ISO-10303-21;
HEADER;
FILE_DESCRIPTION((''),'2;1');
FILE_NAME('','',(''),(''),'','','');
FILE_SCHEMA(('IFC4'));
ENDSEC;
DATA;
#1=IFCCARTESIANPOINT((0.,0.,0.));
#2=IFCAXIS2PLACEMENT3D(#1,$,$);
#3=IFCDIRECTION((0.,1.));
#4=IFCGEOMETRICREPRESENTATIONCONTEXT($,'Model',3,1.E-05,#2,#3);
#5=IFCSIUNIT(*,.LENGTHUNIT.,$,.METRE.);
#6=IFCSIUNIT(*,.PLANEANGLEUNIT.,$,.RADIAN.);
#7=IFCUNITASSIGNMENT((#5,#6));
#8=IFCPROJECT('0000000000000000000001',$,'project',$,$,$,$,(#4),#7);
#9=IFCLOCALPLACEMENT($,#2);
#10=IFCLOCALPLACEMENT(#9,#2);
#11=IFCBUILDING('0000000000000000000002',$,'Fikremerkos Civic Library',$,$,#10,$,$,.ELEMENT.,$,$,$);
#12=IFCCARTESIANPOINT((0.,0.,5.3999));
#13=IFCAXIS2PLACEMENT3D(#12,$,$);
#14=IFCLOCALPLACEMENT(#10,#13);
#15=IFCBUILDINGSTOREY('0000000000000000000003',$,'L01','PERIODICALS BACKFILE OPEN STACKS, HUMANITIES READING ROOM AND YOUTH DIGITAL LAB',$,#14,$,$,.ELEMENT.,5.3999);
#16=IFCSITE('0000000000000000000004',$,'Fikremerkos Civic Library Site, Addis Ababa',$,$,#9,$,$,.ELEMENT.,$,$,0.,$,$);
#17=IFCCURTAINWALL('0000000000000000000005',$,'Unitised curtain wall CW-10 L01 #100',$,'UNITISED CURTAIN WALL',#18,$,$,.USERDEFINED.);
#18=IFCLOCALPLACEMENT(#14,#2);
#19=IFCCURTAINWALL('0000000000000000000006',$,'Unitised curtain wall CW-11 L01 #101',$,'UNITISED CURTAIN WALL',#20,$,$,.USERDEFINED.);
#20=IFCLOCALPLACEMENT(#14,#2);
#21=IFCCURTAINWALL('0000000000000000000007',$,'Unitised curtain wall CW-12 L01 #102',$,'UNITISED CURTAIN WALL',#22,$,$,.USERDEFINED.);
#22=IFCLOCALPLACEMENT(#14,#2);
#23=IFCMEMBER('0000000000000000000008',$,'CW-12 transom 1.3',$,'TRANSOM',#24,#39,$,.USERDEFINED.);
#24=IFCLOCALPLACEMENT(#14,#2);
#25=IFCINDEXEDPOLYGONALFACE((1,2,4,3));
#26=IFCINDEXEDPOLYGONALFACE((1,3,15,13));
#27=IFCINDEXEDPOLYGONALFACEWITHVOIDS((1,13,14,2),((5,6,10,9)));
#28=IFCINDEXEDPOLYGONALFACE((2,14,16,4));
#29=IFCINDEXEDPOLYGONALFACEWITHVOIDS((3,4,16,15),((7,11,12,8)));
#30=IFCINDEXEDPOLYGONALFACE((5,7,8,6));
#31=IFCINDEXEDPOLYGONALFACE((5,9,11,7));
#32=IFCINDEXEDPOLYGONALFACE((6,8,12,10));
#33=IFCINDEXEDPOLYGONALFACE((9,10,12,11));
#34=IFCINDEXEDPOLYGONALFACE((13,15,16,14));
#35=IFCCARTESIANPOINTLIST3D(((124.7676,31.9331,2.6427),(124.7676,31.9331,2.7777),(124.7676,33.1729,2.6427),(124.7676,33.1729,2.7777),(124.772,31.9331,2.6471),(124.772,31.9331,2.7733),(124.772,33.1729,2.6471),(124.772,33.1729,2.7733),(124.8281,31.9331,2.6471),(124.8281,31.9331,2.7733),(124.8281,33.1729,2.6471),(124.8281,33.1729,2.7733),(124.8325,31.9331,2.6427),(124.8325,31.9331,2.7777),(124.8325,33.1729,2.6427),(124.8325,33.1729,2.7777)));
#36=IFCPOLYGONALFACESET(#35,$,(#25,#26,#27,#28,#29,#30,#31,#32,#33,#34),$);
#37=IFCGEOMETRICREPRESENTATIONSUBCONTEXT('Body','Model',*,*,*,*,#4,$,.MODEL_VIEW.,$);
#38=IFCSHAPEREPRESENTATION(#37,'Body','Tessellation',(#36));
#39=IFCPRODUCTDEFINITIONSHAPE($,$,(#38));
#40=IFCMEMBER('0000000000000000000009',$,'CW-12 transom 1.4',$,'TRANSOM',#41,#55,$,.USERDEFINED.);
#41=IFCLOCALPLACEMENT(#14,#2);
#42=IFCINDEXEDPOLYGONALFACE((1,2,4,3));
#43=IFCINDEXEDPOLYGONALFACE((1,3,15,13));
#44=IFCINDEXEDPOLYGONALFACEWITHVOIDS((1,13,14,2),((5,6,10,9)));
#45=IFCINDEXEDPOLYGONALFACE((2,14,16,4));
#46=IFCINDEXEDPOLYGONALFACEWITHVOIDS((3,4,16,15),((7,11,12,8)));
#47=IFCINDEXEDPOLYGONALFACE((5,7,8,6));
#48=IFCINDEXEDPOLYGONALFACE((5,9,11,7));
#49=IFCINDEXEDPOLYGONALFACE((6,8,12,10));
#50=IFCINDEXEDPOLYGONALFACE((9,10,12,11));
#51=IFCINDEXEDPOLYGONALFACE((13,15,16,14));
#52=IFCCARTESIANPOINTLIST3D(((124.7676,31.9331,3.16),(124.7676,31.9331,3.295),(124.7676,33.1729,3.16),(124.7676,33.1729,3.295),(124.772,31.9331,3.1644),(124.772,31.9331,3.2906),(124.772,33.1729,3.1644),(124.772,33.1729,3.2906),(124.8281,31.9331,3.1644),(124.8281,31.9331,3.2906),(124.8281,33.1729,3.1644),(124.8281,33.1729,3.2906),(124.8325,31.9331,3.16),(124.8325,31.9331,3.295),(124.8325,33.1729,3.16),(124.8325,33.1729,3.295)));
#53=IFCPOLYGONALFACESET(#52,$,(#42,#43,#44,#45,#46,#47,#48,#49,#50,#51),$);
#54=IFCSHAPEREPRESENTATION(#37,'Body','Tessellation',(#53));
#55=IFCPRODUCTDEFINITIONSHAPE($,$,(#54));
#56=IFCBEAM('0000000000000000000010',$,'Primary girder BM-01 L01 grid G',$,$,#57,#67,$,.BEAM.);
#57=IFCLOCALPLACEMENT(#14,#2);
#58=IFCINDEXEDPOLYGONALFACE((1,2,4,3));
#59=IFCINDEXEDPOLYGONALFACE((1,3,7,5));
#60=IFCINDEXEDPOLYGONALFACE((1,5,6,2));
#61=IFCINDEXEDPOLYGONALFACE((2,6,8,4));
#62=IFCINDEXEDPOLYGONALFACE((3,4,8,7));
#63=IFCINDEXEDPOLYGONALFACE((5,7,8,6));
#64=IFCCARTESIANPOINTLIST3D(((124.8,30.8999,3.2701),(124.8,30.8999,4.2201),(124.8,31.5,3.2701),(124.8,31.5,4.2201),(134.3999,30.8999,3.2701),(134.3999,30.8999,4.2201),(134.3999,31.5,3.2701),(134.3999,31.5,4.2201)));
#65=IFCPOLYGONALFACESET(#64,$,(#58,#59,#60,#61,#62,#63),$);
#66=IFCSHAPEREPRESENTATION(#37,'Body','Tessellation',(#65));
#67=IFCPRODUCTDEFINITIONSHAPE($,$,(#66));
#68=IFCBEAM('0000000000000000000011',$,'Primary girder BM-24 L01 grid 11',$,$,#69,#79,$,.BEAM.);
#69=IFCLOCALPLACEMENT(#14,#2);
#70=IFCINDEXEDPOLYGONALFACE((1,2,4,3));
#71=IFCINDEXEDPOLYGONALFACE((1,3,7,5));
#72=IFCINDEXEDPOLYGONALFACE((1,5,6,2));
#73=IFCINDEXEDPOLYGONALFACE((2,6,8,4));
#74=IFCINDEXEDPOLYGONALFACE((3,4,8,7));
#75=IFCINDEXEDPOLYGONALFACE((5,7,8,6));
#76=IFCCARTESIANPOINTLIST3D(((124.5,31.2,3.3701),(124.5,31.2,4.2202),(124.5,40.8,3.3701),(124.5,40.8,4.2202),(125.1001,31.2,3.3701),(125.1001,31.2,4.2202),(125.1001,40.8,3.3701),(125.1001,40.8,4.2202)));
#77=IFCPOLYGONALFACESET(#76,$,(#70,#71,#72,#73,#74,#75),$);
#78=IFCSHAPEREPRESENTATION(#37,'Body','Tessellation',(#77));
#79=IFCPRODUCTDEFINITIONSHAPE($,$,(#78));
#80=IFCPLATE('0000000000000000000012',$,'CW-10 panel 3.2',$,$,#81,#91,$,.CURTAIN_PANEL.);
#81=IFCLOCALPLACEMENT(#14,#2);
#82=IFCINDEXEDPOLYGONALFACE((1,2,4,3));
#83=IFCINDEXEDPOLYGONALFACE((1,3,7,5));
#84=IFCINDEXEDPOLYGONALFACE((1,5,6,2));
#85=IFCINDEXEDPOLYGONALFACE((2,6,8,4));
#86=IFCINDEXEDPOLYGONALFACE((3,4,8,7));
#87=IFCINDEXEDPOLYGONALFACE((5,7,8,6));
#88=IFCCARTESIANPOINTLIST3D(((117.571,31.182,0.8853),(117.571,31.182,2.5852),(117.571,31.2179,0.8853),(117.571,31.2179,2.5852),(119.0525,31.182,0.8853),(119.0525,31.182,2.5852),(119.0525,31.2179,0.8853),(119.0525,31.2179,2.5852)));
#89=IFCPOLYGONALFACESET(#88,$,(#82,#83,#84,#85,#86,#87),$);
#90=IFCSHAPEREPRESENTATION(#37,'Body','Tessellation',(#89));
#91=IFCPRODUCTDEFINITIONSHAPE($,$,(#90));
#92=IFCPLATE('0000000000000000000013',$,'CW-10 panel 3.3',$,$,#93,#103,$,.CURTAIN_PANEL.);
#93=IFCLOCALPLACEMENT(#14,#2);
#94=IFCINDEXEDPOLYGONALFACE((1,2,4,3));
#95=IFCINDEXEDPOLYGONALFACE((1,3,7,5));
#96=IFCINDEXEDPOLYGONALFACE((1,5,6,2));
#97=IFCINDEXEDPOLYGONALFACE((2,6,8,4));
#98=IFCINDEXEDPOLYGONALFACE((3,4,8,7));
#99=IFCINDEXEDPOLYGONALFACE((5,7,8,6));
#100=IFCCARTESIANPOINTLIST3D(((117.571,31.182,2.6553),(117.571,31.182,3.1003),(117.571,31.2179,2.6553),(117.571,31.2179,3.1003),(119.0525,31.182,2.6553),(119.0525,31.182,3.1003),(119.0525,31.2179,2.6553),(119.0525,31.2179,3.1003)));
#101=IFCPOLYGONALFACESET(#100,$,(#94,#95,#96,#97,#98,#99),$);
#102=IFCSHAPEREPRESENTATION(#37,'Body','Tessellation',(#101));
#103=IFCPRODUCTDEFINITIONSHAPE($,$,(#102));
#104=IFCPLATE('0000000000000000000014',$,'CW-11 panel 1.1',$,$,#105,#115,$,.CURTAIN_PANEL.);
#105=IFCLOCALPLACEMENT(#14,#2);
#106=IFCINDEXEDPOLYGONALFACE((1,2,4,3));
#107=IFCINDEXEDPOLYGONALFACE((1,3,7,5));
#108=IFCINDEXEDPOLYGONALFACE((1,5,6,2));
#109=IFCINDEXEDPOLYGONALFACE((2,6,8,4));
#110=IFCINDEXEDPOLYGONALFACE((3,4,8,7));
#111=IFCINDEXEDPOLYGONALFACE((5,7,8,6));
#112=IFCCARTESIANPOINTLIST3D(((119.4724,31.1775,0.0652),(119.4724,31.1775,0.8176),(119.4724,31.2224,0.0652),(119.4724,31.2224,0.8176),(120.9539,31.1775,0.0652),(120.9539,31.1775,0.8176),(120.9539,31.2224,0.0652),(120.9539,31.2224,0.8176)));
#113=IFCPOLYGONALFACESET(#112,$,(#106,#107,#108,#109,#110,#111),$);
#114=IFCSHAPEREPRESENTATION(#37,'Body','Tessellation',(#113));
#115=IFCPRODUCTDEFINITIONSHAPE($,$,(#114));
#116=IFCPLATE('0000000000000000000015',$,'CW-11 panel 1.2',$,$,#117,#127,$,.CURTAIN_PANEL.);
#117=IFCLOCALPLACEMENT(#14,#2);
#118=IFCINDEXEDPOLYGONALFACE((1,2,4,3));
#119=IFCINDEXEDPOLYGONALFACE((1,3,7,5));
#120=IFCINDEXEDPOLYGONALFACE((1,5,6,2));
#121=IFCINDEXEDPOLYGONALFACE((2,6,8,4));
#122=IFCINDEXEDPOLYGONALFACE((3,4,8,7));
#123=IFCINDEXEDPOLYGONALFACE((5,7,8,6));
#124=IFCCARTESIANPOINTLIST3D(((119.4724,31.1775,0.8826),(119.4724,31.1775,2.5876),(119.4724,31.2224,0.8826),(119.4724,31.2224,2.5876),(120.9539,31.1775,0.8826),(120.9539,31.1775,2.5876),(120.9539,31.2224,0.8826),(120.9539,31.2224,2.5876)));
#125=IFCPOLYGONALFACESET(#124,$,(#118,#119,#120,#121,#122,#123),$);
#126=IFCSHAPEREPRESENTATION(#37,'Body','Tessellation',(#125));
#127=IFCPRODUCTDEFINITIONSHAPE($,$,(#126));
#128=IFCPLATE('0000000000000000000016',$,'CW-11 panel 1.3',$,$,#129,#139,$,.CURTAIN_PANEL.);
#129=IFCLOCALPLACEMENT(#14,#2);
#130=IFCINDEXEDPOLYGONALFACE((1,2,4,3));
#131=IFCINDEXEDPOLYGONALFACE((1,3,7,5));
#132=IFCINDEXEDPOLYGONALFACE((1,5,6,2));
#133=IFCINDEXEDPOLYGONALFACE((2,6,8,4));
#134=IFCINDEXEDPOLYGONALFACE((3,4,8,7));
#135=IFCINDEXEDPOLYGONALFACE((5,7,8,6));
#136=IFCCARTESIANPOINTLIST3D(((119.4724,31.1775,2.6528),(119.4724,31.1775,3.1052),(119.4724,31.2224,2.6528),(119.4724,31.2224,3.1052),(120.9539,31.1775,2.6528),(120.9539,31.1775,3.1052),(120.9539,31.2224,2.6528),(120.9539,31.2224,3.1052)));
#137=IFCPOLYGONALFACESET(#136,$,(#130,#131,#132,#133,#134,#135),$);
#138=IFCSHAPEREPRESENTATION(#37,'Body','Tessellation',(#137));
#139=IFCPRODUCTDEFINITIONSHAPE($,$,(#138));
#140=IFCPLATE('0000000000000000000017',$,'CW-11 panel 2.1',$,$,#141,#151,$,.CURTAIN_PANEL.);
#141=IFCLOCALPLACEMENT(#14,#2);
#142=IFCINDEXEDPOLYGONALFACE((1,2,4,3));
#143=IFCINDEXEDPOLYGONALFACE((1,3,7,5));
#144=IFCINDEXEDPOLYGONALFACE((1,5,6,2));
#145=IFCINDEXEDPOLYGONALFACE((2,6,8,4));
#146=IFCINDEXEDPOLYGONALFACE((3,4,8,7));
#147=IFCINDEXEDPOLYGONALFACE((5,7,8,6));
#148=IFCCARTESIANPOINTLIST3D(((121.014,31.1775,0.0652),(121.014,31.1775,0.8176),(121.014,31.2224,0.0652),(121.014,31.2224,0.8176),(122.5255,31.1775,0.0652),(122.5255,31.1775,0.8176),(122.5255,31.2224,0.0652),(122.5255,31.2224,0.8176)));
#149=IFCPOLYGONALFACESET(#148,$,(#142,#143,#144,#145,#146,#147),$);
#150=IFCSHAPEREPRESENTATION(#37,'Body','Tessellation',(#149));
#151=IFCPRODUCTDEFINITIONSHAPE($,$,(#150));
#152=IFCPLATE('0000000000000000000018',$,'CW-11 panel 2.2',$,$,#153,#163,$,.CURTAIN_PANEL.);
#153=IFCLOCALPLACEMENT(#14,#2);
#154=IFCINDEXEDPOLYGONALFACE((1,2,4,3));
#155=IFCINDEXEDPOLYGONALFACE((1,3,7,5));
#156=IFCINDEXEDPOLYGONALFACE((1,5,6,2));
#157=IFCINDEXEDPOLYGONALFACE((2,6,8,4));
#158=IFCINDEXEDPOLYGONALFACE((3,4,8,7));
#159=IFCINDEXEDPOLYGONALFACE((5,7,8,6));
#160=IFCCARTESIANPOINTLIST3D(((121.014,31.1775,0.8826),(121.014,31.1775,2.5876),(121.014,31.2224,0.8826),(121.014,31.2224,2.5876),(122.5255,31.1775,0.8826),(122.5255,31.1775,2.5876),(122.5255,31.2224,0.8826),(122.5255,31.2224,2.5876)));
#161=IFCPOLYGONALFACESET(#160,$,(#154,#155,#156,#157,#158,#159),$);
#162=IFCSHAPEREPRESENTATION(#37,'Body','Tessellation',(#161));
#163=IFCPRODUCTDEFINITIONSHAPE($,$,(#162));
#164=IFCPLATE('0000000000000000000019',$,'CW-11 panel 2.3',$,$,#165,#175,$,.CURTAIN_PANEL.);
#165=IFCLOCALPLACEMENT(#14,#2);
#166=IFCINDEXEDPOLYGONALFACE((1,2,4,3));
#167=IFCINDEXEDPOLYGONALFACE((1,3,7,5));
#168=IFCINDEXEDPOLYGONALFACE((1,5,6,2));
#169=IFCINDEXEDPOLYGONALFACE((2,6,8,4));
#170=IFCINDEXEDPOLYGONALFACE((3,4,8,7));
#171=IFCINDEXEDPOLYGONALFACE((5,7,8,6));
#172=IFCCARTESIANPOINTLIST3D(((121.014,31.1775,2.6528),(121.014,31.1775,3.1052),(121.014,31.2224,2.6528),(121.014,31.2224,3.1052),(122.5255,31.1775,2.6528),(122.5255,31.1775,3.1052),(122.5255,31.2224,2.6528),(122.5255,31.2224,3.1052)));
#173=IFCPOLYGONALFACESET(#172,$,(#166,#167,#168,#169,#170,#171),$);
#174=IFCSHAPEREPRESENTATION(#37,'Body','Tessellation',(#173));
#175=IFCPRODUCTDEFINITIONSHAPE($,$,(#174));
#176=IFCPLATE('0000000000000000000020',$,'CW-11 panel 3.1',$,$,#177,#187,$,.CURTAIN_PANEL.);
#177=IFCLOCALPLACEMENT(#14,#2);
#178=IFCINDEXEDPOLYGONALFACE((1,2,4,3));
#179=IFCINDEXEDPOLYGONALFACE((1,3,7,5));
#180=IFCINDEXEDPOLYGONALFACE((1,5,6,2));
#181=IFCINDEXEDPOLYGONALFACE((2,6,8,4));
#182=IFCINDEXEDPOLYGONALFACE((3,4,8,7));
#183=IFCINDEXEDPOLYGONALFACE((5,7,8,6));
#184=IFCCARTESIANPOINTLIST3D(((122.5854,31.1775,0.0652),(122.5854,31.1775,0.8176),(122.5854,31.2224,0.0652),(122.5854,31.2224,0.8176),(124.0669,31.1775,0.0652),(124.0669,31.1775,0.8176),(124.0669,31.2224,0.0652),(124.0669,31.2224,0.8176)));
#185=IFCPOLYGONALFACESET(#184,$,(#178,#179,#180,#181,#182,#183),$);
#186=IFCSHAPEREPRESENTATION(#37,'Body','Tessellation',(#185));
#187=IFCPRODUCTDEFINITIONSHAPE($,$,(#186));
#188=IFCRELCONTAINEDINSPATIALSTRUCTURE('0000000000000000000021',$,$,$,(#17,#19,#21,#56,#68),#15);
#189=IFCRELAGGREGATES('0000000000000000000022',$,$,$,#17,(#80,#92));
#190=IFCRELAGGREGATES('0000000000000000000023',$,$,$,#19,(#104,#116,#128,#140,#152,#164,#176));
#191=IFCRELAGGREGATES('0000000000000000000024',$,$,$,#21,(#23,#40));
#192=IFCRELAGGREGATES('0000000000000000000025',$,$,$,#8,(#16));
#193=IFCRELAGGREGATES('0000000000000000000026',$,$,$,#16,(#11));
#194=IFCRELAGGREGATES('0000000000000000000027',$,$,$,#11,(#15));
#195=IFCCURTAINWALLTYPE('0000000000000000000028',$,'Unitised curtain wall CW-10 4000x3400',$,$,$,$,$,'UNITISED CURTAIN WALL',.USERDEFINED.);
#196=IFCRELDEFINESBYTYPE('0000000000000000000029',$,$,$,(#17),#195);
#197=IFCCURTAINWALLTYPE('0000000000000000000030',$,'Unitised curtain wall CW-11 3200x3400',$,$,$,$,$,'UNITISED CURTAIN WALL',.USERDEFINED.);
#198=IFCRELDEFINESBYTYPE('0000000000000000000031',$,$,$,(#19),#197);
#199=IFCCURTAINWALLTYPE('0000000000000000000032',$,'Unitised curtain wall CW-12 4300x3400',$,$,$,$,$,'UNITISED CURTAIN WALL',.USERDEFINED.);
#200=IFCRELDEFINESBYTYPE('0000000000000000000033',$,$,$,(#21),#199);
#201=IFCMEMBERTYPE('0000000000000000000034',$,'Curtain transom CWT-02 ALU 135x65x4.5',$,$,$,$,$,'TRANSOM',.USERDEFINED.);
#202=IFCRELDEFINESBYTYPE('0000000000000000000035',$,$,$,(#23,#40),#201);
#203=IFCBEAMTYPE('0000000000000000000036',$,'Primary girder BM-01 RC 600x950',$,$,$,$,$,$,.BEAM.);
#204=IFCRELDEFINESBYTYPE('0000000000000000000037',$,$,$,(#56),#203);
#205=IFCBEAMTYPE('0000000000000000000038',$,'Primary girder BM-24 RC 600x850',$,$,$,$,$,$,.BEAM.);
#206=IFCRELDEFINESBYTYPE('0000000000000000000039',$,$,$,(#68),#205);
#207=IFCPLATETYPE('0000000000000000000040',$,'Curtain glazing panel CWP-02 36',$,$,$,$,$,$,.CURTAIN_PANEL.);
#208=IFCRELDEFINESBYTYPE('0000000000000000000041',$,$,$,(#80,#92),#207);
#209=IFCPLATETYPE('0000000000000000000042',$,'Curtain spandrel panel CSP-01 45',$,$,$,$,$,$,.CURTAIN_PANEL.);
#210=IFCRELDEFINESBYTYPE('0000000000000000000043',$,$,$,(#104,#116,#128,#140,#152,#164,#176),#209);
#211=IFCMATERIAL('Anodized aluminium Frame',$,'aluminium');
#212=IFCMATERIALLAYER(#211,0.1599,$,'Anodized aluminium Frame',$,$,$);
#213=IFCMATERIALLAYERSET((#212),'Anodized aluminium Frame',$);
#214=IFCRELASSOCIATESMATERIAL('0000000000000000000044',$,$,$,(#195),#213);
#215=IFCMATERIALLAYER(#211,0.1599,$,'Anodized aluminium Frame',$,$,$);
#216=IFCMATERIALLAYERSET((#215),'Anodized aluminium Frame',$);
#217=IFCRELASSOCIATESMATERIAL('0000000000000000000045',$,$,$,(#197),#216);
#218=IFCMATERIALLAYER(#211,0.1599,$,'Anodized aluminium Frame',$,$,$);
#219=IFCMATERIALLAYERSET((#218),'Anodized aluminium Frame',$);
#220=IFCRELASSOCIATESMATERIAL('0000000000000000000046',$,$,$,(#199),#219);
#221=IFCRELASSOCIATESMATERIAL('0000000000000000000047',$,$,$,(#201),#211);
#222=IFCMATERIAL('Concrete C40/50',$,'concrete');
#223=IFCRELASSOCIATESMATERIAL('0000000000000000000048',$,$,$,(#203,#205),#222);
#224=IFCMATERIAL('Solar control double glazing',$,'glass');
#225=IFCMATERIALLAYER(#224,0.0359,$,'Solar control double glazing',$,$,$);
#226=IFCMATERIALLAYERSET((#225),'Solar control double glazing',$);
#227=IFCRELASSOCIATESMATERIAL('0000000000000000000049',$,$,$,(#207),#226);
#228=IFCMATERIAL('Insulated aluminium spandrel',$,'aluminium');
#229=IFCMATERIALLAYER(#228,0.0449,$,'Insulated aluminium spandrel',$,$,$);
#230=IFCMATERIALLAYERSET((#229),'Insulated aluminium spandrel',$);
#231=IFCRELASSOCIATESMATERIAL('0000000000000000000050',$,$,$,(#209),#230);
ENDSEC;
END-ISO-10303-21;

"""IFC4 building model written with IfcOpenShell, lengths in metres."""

from ifc_helpers import new_model, si_unit, direction, frame, origin, origin_2d, place, context, subcontext, project, spatial, rectangle, hollow_rectangle, extrude, material, layer, layer_set, material_profile, profile_set, type_object, element, aggregate, save


model = new_model("IFC4")

# Units and contexts
model_context = context("Model", 3, precision=1e-05, world=origin(), true_north=direction((0.0, 1.0)))
body_context = subcontext(model_context, "Body", "Model", "MODEL_VIEW")
ifc_project = project(units=[si_unit("LENGTHUNIT", "METRE"), si_unit("PLANEANGLEUNIT", "RADIAN")], contexts=[model_context])

# Site, building, storey
site_placement = place(None, origin())
site = spatial("IfcSite", under=ifc_project, at=site_placement, Name="Fikremerkos Civic Library Site, Addis Ababa", CompositionType="ELEMENT", RefElevation=0.0)
building_placement = place(site_placement, origin())
building = spatial("IfcBuilding", under=site, at=building_placement, Name="Fikremerkos Civic Library", CompositionType="ELEMENT")
storey_placement = place(building_placement, frame((0.0, 0.0, 5.3999)))
storey = spatial("IfcBuildingStorey", under=building, at=storey_placement, Name="L01", Description="PERIODICALS BACKFILE OPEN STACKS, HUMANITIES READING ROOM AND YOUTH DIGITAL LAB", CompositionType="ELEMENT", Elevation=5.3999)

# Shared definitions
ifc_material_1 = material(Name="Concrete C40/50", Category="concrete")

# Curtain wall
ifc_material_2 = material(Name="Anodized aluminium Frame", Category="aluminium")
ifc_layer_1 = layer(ifc_material_2, 0.1599, Name="Anodized aluminium Frame")
ifc_layer_set_1 = layer_set([ifc_layer_1], Name="Anodized aluminium Frame")
curtain_wall_type_1 = type_object("IfcCurtainWallType", Name="Unitised curtain wall CW-10 4000x3400", ElementType="UNITISED CURTAIN WALL", PredefinedType="USERDEFINED", material=ifc_layer_set_1)
curtain_wall_1_placement = place(storey_placement, origin())
curtain_wall_1 = element("IfcCurtainWall", 1, at=curtain_wall_1_placement, inside=storey, type_object=curtain_wall_type_1, Name="Unitised curtain wall CW-10 L01 #100", ObjectType="UNITISED CURTAIN WALL", PredefinedType="USERDEFINED")

# Curtain wall
ifc_layer_2 = layer(ifc_material_2, 0.1599, Name="Anodized aluminium Frame")
ifc_layer_set_2 = layer_set([ifc_layer_2], Name="Anodized aluminium Frame")
curtain_wall_type_2 = type_object("IfcCurtainWallType", Name="Unitised curtain wall CW-11 3200x3400", ElementType="UNITISED CURTAIN WALL", PredefinedType="USERDEFINED", material=ifc_layer_set_2)
curtain_wall_2_placement = place(storey_placement, origin())
curtain_wall_2 = element("IfcCurtainWall", 2, at=curtain_wall_2_placement, inside=storey, type_object=curtain_wall_type_2, Name="Unitised curtain wall CW-11 L01 #101", ObjectType="UNITISED CURTAIN WALL", PredefinedType="USERDEFINED")

# Curtain wall
ifc_layer_3 = layer(ifc_material_2, 0.1599, Name="Anodized aluminium Frame")
ifc_layer_set_3 = layer_set([ifc_layer_3], Name="Anodized aluminium Frame")
curtain_wall_type_3 = type_object("IfcCurtainWallType", Name="Unitised curtain wall CW-12 4300x3400", ElementType="UNITISED CURTAIN WALL", PredefinedType="USERDEFINED", material=ifc_layer_set_3)
curtain_wall_3_placement = place(storey_placement, origin())
curtain_wall_3 = element("IfcCurtainWall", 3, at=curtain_wall_3_placement, inside=storey, type_object=curtain_wall_type_3, Name="Unitised curtain wall CW-12 L01 #102", ObjectType="UNITISED CURTAIN WALL", PredefinedType="USERDEFINED")

# Members
ifc_material_profile_1 = material_profile(ifc_material_2, hollow_rectangle(XDim=0.0649, YDim=0.135, WallThickness=0.0044, at=origin_2d()), Name="ALU 135x65x4.5")
ifc_profile_set_1 = profile_set([ifc_material_profile_1], Name="Anodized aluminium Frame")
member_type_1 = type_object("IfcMemberType", Name="Curtain transom CWT-02 ALU 135x65x4.5", ElementType="TRANSOM", PredefinedType="USERDEFINED", material=ifc_profile_set_1)
member_1_placement = place(storey_placement, frame((124.8, 31.9331, 2.7102), z_axis=(0.0, 1.0, 0.0), x_axis=(-1.0, 0.0, 0.0)))
member_1 = element("IfcMember", 4, at=member_1_placement, type_object=member_type_1, Name="CW-12 transom 1.3", ObjectType="TRANSOM", PredefinedType="USERDEFINED", context=body_context, shape_type="SweptSolid", body=[
    extrude(hollow_rectangle(XDim=0.0649, YDim=0.135, WallThickness=0.0044, at=origin_2d()), origin(), (0.0, 0.0, 1.0), 1.2397),
])
member_2_placement = place(storey_placement, frame((124.8, 31.9331, 3.2275), z_axis=(0.0, 1.0, 0.0), x_axis=(-1.0, 0.0, 0.0)))
member_2 = element("IfcMember", 5, at=member_2_placement, type_object=member_type_1, Name="CW-12 transom 1.4", ObjectType="TRANSOM", PredefinedType="USERDEFINED", context=body_context, shape_type="SweptSolid", body=[
    extrude(hollow_rectangle(XDim=0.0649, YDim=0.135, WallThickness=0.0044, at=origin_2d()), origin(), (0.0, 0.0, 1.0), 1.2397),
])

# Beams
ifc_material_profile_2 = material_profile(ifc_material_1, rectangle(XDim=0.6001, YDim=0.95, at=origin_2d()), Name="RC 600x950")
ifc_profile_set_2 = profile_set([ifc_material_profile_2], Name="Concrete C40/50")
beam_type_1 = type_object("IfcBeamType", Name="Primary girder BM-01 RC 600x950", PredefinedType="BEAM", material=ifc_profile_set_2)
beam_1_placement = place(storey_placement, frame((124.8, 31.2, 3.7451), z_axis=(1.0, 0.0, 0.0), x_axis=(0.0, 1.0, 0.0)))
element("IfcBeam", 6, at=beam_1_placement, inside=storey, type_object=beam_type_1, Name="Primary girder BM-01 L01 grid G", PredefinedType="BEAM", context=body_context, shape_type="SweptSolid", body=[
    extrude(rectangle(XDim=0.6001, YDim=0.95, at=origin_2d()), origin(), (0.0, 0.0, 1.0), 9.5999),
])
ifc_material_profile_3 = material_profile(ifc_material_1, rectangle(XDim=0.6001, YDim=0.8501, at=origin_2d()), Name="RC 600x850")
ifc_profile_set_3 = profile_set([ifc_material_profile_3], Name="Concrete C40/50")
beam_type_2 = type_object("IfcBeamType", Name="Primary girder BM-24 RC 600x850", PredefinedType="BEAM", material=ifc_profile_set_3)
beam_2_placement = place(storey_placement, frame((124.8, 31.2, 3.7952), z_axis=(0.0, 1.0, 0.0), x_axis=(-1.0, 0.0, 0.0)))
element("IfcBeam", 7, at=beam_2_placement, inside=storey, type_object=beam_type_2, Name="Primary girder BM-24 L01 grid 11", PredefinedType="BEAM", context=body_context, shape_type="SweptSolid", body=[
    extrude(rectangle(XDim=0.6001, YDim=0.8501, at=origin_2d()), origin(), (0.0, 0.0, 1.0), 9.6001),
])

# Plates
ifc_material_3 = material(Name="Solar control double glazing", Category="glass")
ifc_layer_4 = layer(ifc_material_3, 0.0359, Name="Solar control double glazing")
ifc_layer_set_4 = layer_set([ifc_layer_4], Name="Solar control double glazing")
plate_type_1 = type_object("IfcPlateType", Name="Curtain glazing panel CWP-02 36", PredefinedType="CURTAIN_PANEL", material=ifc_layer_set_4)
plate_1_placement = place(storey_placement, frame((118.3118, 31.2, 0.8853), z_axis=(0.0, 0.0, 1.0), x_axis=(1.0, 0.0, 0.0)))
plate_1 = element("IfcPlate", 8, at=plate_1_placement, type_object=plate_type_1, Name="CW-10 panel 3.2", PredefinedType="CURTAIN_PANEL", context=body_context, shape_type="SweptSolid", body=[
    extrude(rectangle(XDim=1.4814, YDim=0.0359, at=origin_2d()), origin(), (0.0, 0.0, 1.0), 1.7),
])
plate_2_placement = place(storey_placement, frame((118.3118, 31.2, 2.6553), z_axis=(0.0, 0.0, 1.0), x_axis=(1.0, 0.0, 0.0)))
plate_2 = element("IfcPlate", 9, at=plate_2_placement, type_object=plate_type_1, Name="CW-10 panel 3.3", PredefinedType="CURTAIN_PANEL", context=body_context, shape_type="SweptSolid", body=[
    extrude(rectangle(XDim=1.4814, YDim=0.0359, at=origin_2d()), origin(), (0.0, 0.0, 1.0), 0.4451),
])
aggregate(curtain_wall_1, [plate_1, plate_2])
ifc_material_4 = material(Name="Insulated aluminium spandrel", Category="aluminium")
ifc_layer_5 = layer(ifc_material_4, 0.0449, Name="Insulated aluminium spandrel")
ifc_layer_set_5 = layer_set([ifc_layer_5], Name="Insulated aluminium spandrel")
plate_type_2 = type_object("IfcPlateType", Name="Curtain spandrel panel CSP-01 45", PredefinedType="CURTAIN_PANEL", material=ifc_layer_set_5)
plate_3_placement = place(storey_placement, frame((120.2131, 31.2, 0.0652), z_axis=(0.0, 0.0, 1.0), x_axis=(1.0, 0.0, 0.0)))
plate_3 = element("IfcPlate", 10, at=plate_3_placement, type_object=plate_type_2, Name="CW-11 panel 1.1", PredefinedType="CURTAIN_PANEL", context=body_context, shape_type="SweptSolid", body=[
    extrude(rectangle(XDim=1.4814, YDim=0.0449, at=origin_2d()), origin(), (0.0, 0.0, 1.0), 0.7524),
])
plate_4_placement = place(storey_placement, frame((120.2131, 31.2, 0.8826), z_axis=(0.0, 0.0, 1.0), x_axis=(1.0, 0.0, 0.0)))
plate_4 = element("IfcPlate", 11, at=plate_4_placement, type_object=plate_type_2, Name="CW-11 panel 1.2", PredefinedType="CURTAIN_PANEL", context=body_context, shape_type="SweptSolid", body=[
    extrude(rectangle(XDim=1.4814, YDim=0.0449, at=origin_2d()), origin(), (0.0, 0.0, 1.0), 1.7051),
])
plate_5_placement = place(storey_placement, frame((120.2131, 31.2, 2.6528), z_axis=(0.0, 0.0, 1.0), x_axis=(1.0, 0.0, 0.0)))
plate_5 = element("IfcPlate", 12, at=plate_5_placement, type_object=plate_type_2, Name="CW-11 panel 1.3", PredefinedType="CURTAIN_PANEL", context=body_context, shape_type="SweptSolid", body=[
    extrude(rectangle(XDim=1.4814, YDim=0.0449, at=origin_2d()), origin(), (0.0, 0.0, 1.0), 0.4524),
])
plate_6_placement = place(storey_placement, frame((121.7698, 31.2, 0.0652), z_axis=(0.0, 0.0, 1.0), x_axis=(1.0, 0.0, 0.0)))
plate_6 = element("IfcPlate", 13, at=plate_6_placement, type_object=plate_type_2, Name="CW-11 panel 2.1", PredefinedType="CURTAIN_PANEL", context=body_context, shape_type="SweptSolid", body=[
    extrude(rectangle(XDim=1.5115, YDim=0.0449, at=origin_2d()), origin(), (0.0, 0.0, 1.0), 0.7524),
])
plate_7_placement = place(storey_placement, frame((121.7698, 31.2, 0.8826), z_axis=(0.0, 0.0, 1.0), x_axis=(1.0, 0.0, 0.0)))
plate_7 = element("IfcPlate", 14, at=plate_7_placement, type_object=plate_type_2, Name="CW-11 panel 2.2", PredefinedType="CURTAIN_PANEL", context=body_context, shape_type="SweptSolid", body=[
    extrude(rectangle(XDim=1.5115, YDim=0.0449, at=origin_2d()), origin(), (0.0, 0.0, 1.0), 1.7051),
])
plate_8_placement = place(storey_placement, frame((121.7698, 31.2, 2.6528), z_axis=(0.0, 0.0, 1.0), x_axis=(1.0, 0.0, 0.0)))
plate_8 = element("IfcPlate", 15, at=plate_8_placement, type_object=plate_type_2, Name="CW-11 panel 2.3", PredefinedType="CURTAIN_PANEL", context=body_context, shape_type="SweptSolid", body=[
    extrude(rectangle(XDim=1.5115, YDim=0.0449, at=origin_2d()), origin(), (0.0, 0.0, 1.0), 0.4524),
])
plate_9_placement = place(storey_placement, frame((123.3262, 31.2, 0.0652), z_axis=(0.0, 0.0, 1.0), x_axis=(1.0, 0.0, 0.0)))
plate_9 = element("IfcPlate", 16, at=plate_9_placement, type_object=plate_type_2, Name="CW-11 panel 3.1", PredefinedType="CURTAIN_PANEL", context=body_context, shape_type="SweptSolid", body=[
    extrude(rectangle(XDim=1.4814, YDim=0.0449, at=origin_2d()), origin(), (0.0, 0.0, 1.0), 0.7524),
])
aggregate(curtain_wall_2, [plate_3, plate_4, plate_5, plate_6, plate_7, plate_8, plate_9])
aggregate(curtain_wall_3, [member_1, member_2])

save(model, "model.ifc")
